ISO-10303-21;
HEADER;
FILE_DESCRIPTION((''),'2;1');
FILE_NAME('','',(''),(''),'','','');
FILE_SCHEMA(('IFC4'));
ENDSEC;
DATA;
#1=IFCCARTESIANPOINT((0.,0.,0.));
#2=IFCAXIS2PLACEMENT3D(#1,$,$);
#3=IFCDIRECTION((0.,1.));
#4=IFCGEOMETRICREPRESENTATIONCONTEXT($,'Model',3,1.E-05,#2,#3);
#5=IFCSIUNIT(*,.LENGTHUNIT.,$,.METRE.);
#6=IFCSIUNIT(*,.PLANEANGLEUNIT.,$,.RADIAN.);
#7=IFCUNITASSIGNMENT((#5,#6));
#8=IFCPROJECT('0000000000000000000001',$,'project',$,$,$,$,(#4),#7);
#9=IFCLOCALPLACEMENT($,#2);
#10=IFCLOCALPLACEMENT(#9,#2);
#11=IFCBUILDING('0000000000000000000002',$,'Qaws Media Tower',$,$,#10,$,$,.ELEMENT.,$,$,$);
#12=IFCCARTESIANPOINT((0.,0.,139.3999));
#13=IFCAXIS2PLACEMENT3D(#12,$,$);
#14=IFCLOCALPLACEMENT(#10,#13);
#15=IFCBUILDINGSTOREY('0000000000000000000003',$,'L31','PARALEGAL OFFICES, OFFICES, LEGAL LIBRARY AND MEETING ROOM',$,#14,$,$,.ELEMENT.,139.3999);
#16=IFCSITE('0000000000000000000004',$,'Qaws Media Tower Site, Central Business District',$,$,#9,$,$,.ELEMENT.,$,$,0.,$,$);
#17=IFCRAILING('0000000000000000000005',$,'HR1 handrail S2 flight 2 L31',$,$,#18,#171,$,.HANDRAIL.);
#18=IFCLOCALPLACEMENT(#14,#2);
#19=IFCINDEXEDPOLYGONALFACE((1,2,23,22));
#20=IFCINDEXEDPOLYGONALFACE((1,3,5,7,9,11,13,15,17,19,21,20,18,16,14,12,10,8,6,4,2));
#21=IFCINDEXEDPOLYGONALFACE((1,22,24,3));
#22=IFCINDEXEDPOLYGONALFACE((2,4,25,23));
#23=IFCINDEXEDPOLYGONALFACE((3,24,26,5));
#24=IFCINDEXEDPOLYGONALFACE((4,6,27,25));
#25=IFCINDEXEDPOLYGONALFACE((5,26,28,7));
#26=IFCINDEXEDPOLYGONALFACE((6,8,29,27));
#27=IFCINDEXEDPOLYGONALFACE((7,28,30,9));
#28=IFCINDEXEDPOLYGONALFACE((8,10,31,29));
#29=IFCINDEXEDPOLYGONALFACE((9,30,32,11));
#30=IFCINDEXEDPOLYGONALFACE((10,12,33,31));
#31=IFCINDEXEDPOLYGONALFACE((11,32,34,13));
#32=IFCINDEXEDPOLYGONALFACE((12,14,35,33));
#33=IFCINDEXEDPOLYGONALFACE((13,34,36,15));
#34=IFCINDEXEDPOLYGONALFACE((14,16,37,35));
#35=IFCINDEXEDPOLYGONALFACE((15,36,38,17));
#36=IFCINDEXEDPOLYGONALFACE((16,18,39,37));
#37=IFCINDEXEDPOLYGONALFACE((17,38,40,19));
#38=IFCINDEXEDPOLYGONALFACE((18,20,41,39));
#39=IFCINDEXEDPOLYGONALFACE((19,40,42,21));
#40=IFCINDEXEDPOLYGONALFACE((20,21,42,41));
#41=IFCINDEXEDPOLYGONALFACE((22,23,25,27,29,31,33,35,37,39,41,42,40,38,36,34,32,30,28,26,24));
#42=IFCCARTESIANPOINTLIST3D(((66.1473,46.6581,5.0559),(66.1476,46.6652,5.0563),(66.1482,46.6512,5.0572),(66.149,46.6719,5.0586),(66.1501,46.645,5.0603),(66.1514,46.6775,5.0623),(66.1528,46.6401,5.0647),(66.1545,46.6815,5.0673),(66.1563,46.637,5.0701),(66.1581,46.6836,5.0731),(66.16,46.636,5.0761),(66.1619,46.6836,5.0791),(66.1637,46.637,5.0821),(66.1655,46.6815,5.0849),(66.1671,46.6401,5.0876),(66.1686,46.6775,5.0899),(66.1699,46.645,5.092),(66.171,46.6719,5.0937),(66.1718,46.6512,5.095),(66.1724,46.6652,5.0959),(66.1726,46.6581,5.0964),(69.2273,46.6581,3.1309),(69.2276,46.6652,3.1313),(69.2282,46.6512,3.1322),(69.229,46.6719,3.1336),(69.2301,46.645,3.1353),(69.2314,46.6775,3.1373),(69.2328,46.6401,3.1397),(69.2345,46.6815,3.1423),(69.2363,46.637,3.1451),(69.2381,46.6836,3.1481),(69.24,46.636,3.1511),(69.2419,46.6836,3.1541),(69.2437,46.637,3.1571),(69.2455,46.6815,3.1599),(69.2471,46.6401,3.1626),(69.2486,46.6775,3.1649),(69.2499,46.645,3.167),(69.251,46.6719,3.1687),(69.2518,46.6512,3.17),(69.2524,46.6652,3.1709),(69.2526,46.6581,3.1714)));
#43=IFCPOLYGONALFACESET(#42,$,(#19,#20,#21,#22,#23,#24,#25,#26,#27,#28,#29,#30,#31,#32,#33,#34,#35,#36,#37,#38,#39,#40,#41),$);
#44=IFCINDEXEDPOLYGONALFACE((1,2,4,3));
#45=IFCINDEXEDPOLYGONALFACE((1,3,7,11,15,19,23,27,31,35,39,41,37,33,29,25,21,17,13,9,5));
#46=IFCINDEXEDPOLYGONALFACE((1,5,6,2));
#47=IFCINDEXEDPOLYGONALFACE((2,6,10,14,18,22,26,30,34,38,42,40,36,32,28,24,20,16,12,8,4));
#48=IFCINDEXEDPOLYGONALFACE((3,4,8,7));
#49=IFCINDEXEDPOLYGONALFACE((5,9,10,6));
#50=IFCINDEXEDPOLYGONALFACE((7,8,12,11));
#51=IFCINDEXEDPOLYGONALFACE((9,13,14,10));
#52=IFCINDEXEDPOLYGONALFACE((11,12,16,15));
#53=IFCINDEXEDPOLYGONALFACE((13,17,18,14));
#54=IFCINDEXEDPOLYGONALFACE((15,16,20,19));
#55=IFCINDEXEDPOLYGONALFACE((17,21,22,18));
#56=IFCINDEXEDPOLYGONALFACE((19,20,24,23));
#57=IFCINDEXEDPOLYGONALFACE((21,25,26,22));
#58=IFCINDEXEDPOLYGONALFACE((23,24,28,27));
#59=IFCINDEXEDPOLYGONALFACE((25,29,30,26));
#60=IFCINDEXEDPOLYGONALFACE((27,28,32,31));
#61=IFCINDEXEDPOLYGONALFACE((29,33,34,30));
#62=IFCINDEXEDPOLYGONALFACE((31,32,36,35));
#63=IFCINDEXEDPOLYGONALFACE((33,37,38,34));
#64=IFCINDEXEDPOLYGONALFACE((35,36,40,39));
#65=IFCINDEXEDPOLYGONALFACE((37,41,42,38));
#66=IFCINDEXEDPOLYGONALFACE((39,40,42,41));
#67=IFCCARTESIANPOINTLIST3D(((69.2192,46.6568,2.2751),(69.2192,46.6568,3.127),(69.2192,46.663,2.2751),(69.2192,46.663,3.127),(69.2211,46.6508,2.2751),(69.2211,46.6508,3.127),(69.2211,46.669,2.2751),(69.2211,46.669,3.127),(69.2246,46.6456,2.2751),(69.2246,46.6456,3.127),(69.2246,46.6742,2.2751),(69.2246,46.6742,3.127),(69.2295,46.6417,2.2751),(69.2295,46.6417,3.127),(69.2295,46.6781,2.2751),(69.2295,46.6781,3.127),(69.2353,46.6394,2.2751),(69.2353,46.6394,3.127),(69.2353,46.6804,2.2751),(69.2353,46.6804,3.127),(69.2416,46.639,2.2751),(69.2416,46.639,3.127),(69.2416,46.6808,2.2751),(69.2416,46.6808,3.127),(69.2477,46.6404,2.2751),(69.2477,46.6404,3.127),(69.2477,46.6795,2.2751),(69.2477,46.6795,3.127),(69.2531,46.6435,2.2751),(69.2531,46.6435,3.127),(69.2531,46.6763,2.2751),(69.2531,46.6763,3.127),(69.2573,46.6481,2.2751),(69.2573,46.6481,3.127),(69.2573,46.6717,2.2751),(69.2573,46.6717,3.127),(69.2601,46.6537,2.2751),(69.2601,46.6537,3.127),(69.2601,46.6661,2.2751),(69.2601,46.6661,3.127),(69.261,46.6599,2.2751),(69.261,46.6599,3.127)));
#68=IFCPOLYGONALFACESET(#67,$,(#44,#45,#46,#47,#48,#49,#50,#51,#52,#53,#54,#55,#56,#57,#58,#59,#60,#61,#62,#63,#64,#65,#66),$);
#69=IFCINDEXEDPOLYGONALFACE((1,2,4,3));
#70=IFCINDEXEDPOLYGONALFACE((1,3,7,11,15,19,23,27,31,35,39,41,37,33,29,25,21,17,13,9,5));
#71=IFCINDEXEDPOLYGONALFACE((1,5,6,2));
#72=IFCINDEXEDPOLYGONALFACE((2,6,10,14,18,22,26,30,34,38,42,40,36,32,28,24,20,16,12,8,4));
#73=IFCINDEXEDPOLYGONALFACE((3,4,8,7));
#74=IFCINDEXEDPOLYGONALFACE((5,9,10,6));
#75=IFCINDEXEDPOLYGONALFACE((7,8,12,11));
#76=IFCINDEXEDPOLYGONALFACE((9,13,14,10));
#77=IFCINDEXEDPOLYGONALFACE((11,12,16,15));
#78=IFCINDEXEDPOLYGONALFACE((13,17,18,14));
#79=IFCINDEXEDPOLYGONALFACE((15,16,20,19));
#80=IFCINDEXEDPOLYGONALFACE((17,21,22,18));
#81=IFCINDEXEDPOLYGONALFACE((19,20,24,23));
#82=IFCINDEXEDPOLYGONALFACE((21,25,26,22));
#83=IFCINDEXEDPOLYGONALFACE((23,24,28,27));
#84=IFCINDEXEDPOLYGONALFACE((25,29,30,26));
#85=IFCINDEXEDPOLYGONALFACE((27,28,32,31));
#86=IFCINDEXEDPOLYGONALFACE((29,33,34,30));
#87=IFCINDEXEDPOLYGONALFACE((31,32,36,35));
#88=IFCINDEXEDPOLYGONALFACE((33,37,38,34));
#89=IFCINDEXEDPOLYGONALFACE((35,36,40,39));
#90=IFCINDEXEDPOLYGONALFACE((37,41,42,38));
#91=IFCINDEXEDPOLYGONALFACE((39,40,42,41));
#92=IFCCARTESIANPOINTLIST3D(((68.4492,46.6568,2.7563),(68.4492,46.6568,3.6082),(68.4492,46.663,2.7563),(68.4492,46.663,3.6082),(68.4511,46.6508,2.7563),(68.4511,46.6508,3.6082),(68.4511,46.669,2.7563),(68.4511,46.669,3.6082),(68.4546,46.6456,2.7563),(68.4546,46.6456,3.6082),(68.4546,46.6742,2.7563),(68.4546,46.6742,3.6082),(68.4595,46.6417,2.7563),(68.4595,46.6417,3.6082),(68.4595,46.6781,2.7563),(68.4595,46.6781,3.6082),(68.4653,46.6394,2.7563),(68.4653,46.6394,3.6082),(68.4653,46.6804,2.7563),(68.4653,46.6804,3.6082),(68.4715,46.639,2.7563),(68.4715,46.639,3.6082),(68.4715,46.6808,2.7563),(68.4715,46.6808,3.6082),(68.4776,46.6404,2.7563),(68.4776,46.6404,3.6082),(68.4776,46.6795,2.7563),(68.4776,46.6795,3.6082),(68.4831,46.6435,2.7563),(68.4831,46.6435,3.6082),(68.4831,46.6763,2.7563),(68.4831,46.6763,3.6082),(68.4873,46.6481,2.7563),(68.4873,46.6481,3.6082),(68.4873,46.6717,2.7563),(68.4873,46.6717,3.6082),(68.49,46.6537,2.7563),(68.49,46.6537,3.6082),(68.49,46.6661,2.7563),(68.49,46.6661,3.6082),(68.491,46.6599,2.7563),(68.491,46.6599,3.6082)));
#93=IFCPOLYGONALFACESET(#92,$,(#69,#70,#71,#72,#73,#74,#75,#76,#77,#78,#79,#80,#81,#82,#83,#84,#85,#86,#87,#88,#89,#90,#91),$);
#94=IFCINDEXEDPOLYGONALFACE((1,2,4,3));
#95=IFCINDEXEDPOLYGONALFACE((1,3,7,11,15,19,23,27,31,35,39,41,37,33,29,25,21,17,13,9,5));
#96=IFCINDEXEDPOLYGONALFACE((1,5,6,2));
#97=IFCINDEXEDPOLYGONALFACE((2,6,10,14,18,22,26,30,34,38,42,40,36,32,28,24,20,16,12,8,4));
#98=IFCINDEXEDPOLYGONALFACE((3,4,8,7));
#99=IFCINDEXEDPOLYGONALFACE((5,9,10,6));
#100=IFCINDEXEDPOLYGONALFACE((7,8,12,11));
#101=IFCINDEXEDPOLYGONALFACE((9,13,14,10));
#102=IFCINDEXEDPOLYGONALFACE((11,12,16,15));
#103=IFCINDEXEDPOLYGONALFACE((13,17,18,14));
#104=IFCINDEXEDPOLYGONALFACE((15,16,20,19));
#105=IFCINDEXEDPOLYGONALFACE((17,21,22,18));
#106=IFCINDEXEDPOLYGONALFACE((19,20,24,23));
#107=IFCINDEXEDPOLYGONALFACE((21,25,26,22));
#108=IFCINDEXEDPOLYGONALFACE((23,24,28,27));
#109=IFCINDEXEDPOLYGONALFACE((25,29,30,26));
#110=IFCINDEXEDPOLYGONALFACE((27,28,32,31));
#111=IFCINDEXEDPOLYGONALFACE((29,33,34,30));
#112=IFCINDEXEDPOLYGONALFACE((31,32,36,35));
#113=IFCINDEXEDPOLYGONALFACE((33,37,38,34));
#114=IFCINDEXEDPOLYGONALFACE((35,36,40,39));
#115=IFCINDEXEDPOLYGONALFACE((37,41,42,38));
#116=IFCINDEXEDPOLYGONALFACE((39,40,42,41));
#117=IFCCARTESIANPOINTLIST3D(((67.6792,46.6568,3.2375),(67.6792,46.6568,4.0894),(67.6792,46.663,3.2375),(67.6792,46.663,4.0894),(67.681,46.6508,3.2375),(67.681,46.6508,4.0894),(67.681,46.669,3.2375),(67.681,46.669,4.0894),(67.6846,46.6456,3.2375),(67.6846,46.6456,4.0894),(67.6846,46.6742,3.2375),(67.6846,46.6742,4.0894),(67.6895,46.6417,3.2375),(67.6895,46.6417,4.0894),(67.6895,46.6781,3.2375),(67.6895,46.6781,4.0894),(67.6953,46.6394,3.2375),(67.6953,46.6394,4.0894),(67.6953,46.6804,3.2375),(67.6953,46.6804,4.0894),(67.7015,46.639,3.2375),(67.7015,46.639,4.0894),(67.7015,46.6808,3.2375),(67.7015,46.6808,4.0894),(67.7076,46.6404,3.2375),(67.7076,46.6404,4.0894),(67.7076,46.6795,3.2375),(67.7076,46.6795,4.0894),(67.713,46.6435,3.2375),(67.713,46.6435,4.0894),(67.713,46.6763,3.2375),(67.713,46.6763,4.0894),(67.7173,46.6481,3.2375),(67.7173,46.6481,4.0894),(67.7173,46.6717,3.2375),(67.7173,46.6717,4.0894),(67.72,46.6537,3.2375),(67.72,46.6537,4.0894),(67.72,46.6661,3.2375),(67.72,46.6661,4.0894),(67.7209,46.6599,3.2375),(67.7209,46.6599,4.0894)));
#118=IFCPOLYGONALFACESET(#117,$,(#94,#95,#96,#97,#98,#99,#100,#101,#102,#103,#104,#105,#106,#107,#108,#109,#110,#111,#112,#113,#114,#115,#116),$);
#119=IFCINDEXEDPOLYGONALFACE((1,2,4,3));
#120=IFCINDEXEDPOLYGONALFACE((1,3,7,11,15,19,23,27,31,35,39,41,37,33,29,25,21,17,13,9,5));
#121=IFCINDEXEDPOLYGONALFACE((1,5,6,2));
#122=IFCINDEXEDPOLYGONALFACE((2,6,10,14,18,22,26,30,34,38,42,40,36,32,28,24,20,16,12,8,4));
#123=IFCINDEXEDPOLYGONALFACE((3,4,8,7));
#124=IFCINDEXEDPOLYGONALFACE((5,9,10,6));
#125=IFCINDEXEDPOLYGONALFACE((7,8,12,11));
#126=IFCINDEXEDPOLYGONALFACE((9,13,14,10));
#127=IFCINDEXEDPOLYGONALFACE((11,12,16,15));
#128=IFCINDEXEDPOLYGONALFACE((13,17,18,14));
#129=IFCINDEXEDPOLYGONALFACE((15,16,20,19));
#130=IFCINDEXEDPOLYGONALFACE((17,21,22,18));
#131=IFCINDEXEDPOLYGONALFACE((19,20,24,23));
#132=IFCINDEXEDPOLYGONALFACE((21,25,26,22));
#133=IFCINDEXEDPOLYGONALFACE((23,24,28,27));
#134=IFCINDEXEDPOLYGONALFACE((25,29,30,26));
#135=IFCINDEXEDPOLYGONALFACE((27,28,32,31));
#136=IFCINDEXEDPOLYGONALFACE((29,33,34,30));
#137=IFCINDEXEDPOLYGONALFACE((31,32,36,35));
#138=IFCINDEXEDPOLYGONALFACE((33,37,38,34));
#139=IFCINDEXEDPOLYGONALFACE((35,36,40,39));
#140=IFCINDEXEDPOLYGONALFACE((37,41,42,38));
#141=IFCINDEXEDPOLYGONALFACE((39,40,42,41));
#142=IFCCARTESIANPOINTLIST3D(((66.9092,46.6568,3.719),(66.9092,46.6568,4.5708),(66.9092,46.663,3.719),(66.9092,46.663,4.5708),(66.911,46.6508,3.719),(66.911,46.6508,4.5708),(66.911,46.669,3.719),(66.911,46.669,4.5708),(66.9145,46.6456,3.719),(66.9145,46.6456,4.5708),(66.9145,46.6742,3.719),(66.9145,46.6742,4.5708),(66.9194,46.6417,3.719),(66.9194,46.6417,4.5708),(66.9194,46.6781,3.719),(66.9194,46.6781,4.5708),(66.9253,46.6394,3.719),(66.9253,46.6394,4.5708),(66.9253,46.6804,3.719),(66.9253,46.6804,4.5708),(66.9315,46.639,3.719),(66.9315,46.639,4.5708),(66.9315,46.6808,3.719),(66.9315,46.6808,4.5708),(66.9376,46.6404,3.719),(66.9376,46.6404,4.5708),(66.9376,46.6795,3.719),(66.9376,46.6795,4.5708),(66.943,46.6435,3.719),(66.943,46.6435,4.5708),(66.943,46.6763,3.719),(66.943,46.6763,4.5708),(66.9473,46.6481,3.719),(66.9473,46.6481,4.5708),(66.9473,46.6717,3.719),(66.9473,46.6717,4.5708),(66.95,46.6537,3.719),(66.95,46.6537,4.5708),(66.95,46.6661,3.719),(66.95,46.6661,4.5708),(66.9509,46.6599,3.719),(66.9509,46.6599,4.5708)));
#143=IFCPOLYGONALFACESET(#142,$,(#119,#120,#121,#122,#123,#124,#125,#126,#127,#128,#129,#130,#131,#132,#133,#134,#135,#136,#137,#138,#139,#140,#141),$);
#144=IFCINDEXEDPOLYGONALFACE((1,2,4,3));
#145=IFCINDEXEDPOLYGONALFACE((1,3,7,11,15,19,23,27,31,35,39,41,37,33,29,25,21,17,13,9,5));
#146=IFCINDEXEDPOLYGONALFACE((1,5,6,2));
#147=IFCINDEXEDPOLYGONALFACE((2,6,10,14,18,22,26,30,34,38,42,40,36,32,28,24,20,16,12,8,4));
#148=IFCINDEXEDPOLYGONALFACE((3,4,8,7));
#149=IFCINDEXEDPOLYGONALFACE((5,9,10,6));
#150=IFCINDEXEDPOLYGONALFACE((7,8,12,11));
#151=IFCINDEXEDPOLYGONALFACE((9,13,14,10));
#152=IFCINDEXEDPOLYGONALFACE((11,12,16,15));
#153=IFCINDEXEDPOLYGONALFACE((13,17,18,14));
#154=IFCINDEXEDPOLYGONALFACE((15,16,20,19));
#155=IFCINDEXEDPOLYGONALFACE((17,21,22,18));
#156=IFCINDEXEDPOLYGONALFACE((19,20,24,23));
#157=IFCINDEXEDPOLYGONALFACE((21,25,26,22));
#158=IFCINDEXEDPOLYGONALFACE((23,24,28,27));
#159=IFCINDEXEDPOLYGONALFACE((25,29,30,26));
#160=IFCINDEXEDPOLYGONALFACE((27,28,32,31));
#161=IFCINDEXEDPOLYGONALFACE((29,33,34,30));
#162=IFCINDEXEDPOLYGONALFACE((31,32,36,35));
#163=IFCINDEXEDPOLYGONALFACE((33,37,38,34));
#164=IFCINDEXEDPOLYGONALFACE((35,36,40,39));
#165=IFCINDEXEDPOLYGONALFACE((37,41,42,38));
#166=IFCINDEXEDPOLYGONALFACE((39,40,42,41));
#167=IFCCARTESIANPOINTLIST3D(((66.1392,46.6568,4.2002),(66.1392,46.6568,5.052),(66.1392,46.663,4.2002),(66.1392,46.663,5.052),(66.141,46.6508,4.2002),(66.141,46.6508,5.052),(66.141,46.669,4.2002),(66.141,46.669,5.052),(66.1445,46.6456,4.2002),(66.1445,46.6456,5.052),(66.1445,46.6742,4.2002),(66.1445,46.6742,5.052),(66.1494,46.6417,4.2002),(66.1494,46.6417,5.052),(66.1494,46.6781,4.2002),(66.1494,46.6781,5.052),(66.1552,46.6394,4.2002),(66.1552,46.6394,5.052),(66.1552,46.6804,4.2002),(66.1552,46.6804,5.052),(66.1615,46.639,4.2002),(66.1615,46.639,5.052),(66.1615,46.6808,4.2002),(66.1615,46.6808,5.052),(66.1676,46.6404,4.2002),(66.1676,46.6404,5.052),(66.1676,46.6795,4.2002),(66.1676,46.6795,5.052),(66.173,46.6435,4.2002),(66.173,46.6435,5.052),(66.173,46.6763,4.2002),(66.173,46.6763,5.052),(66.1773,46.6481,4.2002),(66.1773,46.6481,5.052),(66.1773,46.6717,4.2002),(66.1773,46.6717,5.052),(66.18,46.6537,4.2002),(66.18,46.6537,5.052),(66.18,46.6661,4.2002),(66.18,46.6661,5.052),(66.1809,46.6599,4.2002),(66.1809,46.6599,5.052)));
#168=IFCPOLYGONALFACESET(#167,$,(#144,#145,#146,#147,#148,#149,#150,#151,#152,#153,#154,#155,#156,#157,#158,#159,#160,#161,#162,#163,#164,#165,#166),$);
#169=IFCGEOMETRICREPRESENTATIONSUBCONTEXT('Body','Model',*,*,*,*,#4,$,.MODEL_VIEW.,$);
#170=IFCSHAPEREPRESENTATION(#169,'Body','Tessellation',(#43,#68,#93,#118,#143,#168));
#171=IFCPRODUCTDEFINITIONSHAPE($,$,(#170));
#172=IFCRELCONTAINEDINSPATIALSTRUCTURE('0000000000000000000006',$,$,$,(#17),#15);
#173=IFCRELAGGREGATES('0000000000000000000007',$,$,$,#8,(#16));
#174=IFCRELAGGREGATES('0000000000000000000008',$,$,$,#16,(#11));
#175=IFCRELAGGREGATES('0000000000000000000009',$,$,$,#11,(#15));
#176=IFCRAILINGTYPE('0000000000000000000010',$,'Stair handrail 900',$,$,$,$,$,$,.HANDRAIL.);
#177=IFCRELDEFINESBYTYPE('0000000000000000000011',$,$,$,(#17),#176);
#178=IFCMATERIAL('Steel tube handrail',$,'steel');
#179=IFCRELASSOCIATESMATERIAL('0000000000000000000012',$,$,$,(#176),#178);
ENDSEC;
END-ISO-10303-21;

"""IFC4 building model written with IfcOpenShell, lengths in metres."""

from ifc_helpers import new_model, si_unit, direction, frame, origin, origin_2d, place, context, subcontext, project, spatial, circle, extrude, material, type_object, element, save


model = new_model("IFC4")

# Units and contexts
model_context = context("Model", 3, precision=1e-05, world=origin(), true_north=direction((0.0, 1.0)))
body_context = subcontext(model_context, "Body", "Model", "MODEL_VIEW")
ifc_project = project(units=[si_unit("LENGTHUNIT", "METRE"), si_unit("PLANEANGLEUNIT", "RADIAN")], contexts=[model_context])

# Site, building, storey
site_placement = place(None, origin())
site = spatial("IfcSite", under=ifc_project, at=site_placement, Name="Qaws Media Tower Site, Central Business District", CompositionType="ELEMENT", RefElevation=0.0)
building_placement = place(site_placement, origin())
building = spatial("IfcBuilding", under=site, at=building_placement, Name="Qaws Media Tower", CompositionType="ELEMENT")
storey_placement = place(building_placement, frame((0.0, 0.0, 139.3999)))
storey = spatial("IfcBuildingStorey", under=building, at=storey_placement, Name="L31", Description="PARALEGAL OFFICES, OFFICES, LEGAL LIBRARY AND MEETING ROOM", CompositionType="ELEMENT", Elevation=139.3999)

# Railing
ifc_material_1 = material(Name="Steel tube handrail", Category="steel")
railing_type = type_object("IfcRailingType", Name="Stair handrail 900", PredefinedType="HANDRAIL", material=ifc_material_1)
for number, where, name in (
    (1, (69.24, 46.6599, 2.2751), "HR1 handrail S2 flight 2 L31"),
):
    element("IfcRailing", number, at=place(storey_placement, frame(where)), inside=storey, type_object=railing_type, Name=name, PredefinedType="HANDRAIL", context=body_context, shape_type="SweptSolid", body=[
        extrude(circle(Radius=0.0239, at=origin_2d()), frame((0.0, 0.0, 0.876), z_axis=(-0.847998, 0.0, 0.529999), x_axis=(0.0, -1.0, 0.0)), (0.0, 0.0, 1.0), 3.6321),
        extrude(circle(Radius=0.021, at=origin_2d()), origin(), (0.0, 0.0, 1.0), 0.8518),
        extrude(circle(Radius=0.021, at=origin_2d()), frame((-0.77, 0.0, 0.4812)), (0.0, 0.0, 1.0), 0.8518),
        extrude(circle(Radius=0.021, at=origin_2d()), frame((-1.54, 0.0, 0.9624)), (0.0, 0.0, 1.0), 0.8518),
        extrude(circle(Radius=0.021, at=origin_2d()), frame((-2.3101, 0.0, 1.4438)), (0.0, 0.0, 1.0), 0.8518),
        extrude(circle(Radius=0.021, at=origin_2d()), frame((-3.0801, 0.0, 1.925)), (0.0, 0.0, 1.0), 0.8518),
    ])

save(model, "model.ifc")
